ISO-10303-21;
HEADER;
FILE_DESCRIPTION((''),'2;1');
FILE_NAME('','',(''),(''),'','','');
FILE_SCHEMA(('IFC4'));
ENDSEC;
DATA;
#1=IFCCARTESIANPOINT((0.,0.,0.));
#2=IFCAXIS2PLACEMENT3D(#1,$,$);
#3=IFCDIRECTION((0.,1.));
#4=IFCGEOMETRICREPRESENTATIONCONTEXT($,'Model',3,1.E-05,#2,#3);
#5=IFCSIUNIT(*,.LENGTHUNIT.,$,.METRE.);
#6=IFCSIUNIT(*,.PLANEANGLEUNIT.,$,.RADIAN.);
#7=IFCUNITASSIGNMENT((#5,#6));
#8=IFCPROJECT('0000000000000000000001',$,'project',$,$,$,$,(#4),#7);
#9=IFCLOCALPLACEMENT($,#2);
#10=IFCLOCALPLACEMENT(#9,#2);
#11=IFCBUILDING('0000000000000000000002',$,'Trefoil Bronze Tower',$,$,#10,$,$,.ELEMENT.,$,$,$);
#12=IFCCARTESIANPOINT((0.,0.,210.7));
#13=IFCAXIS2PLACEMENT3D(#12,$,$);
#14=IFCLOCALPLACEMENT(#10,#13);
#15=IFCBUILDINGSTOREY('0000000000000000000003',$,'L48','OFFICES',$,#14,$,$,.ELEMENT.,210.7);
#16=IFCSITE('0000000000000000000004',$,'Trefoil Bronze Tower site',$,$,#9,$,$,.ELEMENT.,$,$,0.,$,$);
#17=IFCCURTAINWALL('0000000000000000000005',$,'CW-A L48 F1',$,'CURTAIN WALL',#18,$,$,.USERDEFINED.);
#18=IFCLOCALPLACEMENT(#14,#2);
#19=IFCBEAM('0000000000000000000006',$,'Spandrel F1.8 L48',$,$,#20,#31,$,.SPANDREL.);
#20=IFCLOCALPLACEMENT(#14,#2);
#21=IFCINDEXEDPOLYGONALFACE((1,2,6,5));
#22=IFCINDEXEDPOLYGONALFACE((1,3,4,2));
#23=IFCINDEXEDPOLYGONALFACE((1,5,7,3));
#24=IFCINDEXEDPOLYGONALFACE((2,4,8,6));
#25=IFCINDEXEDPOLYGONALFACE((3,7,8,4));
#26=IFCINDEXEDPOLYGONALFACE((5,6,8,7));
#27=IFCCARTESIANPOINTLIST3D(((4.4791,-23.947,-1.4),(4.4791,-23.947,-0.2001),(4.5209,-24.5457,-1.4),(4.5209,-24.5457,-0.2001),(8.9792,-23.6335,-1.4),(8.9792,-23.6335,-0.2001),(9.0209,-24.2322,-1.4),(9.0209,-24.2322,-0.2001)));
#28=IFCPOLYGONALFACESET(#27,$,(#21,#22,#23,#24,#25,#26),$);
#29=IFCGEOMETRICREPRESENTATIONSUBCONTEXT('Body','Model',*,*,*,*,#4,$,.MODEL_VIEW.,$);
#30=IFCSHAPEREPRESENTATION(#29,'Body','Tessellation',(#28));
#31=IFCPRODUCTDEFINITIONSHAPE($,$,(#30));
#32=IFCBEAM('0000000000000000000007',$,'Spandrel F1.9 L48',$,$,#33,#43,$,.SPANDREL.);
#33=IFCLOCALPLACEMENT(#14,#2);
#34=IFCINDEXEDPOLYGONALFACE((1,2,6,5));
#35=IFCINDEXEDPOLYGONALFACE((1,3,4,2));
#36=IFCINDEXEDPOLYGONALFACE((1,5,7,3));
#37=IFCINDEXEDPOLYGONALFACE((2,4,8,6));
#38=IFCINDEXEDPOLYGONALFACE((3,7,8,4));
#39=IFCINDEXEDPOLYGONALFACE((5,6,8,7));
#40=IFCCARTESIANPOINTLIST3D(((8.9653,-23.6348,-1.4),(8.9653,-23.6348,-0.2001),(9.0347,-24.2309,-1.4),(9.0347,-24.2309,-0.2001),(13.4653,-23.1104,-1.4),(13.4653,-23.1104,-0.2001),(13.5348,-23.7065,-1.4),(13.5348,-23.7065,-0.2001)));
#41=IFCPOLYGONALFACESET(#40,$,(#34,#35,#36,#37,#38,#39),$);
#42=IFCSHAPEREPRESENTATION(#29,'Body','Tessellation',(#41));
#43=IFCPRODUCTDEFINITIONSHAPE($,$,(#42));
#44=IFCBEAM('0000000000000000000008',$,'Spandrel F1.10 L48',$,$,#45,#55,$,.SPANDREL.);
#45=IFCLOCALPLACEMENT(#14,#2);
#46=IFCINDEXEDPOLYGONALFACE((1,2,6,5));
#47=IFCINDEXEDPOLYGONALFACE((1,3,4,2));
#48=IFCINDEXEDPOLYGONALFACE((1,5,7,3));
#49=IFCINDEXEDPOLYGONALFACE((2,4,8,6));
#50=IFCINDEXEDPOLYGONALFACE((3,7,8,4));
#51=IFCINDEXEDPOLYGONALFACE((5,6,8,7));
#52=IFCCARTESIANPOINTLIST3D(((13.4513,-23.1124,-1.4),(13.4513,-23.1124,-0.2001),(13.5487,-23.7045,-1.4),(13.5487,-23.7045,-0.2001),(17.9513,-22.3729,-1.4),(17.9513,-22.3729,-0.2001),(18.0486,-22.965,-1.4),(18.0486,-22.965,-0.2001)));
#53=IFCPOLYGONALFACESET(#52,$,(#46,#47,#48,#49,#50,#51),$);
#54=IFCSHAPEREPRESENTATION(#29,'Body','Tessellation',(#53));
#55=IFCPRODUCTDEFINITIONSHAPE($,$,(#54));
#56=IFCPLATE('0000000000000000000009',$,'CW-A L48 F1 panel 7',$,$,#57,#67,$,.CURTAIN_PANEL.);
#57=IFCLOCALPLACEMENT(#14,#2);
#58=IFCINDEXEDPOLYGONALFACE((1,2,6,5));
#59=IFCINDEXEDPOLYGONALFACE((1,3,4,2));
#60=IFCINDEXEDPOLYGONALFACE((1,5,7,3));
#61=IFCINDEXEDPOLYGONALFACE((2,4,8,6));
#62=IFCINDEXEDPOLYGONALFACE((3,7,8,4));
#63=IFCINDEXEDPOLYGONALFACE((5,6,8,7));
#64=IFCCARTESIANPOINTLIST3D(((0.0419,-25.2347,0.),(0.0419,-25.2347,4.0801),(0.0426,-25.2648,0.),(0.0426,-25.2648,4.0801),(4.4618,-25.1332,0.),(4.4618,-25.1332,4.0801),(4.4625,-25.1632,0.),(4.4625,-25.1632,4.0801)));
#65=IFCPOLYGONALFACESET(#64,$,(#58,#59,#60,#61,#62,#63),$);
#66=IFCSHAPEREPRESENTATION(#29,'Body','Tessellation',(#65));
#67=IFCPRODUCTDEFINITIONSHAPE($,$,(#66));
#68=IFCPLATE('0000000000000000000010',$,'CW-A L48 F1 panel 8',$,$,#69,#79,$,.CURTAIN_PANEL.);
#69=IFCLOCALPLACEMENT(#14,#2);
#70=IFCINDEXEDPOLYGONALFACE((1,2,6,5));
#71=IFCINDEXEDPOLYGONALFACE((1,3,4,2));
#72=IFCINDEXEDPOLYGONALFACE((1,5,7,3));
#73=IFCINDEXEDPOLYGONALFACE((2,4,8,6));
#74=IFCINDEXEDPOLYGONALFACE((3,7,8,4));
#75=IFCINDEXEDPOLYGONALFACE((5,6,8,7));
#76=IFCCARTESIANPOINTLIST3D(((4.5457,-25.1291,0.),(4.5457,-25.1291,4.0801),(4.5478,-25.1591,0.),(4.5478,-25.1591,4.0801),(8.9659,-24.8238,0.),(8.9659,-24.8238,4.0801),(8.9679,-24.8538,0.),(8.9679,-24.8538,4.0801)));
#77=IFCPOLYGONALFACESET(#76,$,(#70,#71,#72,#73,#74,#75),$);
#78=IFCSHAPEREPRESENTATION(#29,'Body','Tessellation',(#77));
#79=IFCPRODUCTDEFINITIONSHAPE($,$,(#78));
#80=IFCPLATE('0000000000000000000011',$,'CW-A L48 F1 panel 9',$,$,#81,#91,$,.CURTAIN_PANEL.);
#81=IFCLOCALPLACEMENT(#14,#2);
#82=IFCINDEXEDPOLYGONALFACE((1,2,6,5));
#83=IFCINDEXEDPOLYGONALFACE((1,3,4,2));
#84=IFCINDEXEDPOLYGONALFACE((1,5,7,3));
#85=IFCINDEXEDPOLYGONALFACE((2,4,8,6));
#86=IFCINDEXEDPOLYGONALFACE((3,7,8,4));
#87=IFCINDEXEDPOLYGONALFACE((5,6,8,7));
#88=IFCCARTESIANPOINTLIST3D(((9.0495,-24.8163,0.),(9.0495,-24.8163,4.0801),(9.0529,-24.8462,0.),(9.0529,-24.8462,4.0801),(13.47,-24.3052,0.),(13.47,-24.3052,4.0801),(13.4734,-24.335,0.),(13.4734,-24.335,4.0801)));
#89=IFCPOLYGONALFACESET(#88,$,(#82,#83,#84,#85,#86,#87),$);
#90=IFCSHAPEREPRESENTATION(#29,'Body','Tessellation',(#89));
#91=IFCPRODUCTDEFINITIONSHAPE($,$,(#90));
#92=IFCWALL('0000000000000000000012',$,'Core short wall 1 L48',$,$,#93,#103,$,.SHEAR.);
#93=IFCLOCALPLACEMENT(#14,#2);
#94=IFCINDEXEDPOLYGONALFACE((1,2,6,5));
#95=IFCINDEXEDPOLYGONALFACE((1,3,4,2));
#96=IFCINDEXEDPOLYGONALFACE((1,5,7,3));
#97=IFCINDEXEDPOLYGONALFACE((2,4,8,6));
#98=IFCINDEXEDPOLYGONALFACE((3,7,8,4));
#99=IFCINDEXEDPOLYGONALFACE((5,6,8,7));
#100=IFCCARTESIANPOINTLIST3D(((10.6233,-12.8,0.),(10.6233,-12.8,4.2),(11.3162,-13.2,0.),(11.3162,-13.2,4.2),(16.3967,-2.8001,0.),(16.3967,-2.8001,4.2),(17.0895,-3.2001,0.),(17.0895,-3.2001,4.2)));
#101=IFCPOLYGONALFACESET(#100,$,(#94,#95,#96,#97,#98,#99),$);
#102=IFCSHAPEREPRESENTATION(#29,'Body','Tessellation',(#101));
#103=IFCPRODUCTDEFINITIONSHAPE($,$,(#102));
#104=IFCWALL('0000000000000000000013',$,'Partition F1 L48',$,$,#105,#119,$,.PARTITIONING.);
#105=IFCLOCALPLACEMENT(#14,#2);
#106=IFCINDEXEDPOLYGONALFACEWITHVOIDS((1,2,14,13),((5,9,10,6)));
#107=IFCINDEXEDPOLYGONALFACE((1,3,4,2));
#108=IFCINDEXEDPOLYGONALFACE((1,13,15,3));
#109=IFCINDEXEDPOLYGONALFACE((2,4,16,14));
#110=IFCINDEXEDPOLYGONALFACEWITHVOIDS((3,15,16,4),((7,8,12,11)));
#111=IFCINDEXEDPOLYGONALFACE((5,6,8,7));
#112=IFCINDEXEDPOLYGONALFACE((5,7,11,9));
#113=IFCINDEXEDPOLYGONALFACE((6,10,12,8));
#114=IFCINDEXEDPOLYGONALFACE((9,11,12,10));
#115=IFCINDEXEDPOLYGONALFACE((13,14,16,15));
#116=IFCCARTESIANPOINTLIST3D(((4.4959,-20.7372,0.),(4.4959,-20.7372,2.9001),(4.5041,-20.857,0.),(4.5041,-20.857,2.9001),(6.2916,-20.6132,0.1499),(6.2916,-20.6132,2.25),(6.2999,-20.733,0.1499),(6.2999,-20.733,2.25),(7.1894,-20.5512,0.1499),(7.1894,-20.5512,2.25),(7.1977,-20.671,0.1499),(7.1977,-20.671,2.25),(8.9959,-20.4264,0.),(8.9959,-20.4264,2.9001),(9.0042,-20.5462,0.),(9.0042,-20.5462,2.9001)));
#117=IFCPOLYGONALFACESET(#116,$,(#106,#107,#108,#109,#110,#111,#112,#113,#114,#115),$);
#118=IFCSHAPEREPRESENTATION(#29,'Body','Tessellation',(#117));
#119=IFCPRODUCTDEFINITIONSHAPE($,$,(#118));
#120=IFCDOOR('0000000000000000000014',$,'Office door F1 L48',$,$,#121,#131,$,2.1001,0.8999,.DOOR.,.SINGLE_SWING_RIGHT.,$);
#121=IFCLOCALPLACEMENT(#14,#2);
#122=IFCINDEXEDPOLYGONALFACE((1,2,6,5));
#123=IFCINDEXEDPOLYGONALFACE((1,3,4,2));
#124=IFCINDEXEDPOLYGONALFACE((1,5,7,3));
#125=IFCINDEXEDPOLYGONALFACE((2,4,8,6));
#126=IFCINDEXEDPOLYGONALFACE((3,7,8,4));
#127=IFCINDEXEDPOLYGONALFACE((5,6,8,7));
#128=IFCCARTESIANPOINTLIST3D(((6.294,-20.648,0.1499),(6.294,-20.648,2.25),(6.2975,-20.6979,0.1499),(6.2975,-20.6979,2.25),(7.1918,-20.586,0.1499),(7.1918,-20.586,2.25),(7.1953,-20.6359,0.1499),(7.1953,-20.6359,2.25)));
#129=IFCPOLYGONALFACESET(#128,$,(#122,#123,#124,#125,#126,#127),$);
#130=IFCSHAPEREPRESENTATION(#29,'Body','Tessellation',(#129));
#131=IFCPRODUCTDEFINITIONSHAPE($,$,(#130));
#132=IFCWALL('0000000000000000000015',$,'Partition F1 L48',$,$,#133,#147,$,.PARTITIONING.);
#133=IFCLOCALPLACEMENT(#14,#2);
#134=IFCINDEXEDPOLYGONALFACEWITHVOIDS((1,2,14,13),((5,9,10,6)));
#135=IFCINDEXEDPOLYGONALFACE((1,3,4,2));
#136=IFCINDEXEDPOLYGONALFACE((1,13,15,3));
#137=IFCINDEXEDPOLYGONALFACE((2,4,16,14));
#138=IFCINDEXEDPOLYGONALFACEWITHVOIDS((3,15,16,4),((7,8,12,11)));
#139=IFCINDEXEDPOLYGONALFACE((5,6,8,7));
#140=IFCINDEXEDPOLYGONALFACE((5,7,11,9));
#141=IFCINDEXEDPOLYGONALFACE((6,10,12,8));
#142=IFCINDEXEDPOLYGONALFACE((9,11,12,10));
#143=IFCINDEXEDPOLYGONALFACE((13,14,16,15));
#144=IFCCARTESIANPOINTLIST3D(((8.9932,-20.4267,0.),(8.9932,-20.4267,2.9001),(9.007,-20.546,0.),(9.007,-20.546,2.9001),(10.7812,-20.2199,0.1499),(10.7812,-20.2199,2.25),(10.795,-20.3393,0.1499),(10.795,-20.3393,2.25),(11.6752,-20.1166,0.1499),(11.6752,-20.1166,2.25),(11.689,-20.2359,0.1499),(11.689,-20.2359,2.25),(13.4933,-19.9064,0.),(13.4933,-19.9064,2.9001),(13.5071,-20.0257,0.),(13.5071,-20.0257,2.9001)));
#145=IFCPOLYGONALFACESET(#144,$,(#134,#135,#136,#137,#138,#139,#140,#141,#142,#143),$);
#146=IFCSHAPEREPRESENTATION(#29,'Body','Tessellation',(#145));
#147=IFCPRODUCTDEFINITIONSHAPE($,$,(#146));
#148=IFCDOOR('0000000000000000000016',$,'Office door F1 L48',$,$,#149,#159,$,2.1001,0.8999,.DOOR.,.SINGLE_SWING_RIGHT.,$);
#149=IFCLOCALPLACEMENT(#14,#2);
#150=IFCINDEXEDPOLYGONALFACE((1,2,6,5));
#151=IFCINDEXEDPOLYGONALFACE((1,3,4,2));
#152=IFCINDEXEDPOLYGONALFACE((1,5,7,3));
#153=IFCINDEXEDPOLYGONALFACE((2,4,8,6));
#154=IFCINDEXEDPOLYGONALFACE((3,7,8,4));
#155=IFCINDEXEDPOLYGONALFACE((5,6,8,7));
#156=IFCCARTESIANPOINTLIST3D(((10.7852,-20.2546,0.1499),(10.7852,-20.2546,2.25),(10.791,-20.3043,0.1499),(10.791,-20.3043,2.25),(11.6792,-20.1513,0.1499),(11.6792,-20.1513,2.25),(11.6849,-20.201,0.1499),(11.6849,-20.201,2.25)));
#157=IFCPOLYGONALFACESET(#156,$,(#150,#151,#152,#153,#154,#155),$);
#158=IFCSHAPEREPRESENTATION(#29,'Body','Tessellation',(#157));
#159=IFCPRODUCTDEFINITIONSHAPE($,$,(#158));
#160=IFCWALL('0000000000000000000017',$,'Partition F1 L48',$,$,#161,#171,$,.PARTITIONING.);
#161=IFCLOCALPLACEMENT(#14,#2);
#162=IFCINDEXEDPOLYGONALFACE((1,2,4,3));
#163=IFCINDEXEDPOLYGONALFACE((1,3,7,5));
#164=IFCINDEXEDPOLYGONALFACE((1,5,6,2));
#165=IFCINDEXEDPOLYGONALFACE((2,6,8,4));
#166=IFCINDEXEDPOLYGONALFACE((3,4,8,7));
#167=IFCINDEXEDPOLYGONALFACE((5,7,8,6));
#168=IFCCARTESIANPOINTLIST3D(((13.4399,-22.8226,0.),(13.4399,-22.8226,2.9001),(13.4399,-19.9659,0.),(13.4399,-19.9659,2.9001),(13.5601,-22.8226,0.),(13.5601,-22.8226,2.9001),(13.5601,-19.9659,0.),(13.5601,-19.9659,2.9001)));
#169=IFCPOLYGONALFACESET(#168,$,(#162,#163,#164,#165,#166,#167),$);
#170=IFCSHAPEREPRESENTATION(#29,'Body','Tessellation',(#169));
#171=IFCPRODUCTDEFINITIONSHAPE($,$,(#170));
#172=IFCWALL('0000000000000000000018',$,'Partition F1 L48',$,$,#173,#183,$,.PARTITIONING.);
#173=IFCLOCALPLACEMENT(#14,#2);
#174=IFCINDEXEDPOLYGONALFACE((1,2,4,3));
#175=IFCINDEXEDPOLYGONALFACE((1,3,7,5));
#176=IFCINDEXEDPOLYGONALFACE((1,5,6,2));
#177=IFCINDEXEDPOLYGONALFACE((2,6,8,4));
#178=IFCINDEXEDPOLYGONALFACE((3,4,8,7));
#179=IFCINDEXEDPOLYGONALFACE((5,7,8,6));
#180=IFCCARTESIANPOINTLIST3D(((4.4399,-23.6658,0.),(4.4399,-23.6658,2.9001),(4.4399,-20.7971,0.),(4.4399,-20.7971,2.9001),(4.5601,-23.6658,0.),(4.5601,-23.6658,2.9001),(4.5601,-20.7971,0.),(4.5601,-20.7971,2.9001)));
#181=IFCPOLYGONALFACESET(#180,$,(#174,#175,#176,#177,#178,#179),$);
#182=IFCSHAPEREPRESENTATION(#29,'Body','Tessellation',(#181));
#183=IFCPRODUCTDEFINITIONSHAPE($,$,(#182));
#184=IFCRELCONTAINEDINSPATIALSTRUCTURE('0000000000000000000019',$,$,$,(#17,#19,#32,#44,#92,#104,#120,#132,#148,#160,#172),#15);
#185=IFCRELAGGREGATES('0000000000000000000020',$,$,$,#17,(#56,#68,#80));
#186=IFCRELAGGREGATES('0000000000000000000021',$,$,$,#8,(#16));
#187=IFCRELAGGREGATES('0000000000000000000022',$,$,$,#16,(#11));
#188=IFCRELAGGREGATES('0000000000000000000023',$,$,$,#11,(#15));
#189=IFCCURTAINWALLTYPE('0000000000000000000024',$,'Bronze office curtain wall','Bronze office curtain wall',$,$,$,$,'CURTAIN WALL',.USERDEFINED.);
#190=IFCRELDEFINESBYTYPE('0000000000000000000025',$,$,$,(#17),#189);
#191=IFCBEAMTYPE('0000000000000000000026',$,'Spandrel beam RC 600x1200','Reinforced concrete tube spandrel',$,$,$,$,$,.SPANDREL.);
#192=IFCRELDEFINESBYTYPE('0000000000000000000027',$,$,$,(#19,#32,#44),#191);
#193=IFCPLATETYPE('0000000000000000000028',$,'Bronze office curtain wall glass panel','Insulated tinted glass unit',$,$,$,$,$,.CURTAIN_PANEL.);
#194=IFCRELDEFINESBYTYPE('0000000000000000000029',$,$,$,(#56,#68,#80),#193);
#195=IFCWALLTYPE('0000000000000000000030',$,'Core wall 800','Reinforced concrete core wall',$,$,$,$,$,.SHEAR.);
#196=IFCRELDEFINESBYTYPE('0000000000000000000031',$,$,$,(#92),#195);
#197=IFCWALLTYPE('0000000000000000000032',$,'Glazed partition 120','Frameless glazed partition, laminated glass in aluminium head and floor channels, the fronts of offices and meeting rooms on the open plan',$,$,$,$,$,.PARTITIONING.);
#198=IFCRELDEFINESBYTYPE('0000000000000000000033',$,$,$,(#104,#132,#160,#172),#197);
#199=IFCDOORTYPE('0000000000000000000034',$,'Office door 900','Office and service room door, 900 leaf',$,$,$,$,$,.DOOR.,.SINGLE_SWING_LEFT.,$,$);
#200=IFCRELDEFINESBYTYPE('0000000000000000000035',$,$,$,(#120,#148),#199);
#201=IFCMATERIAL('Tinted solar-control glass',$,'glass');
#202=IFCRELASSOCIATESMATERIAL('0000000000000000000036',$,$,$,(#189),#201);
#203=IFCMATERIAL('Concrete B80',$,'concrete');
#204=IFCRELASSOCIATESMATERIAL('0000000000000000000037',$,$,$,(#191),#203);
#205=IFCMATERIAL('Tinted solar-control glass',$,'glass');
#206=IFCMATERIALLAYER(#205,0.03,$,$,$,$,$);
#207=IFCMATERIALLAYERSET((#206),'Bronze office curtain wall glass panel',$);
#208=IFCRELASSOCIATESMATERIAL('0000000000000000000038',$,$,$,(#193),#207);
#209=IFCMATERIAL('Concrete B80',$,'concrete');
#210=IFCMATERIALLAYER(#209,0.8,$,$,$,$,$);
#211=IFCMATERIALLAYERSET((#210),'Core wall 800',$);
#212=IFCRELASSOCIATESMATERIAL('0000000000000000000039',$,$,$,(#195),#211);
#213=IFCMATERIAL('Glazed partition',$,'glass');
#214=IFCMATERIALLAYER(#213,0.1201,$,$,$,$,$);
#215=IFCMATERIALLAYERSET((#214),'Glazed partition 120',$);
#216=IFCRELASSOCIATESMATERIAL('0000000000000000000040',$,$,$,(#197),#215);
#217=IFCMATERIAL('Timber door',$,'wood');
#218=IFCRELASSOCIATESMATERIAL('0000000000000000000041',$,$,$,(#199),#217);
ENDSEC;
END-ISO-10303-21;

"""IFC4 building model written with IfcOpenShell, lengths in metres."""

from ifc_helpers import new_model, si_unit, direction, frame, frame_2d, origin, origin_2d, place, context, subcontext, project, spatial, rectangle, extrude, material, layer, layer_set, material_profile, profile_set, type_object, element, fill, aggregate, save


model = new_model("IFC4")

# Units and contexts
model_context = context("Model", 3, precision=1e-05, world=origin(), true_north=direction((0.0, 1.0)))
body_context = subcontext(model_context, "Body", "Model", "MODEL_VIEW")
ifc_project = project(units=[si_unit("LENGTHUNIT", "METRE"), si_unit("PLANEANGLEUNIT", "RADIAN")], contexts=[model_context])

# Site, building, storey
site_placement = place(None, origin())
site = spatial("IfcSite", under=ifc_project, at=site_placement, Name="Trefoil Bronze Tower site", CompositionType="ELEMENT", RefElevation=0.0)
building_placement = place(site_placement, origin())
building = spatial("IfcBuilding", under=site, at=building_placement, Name="Trefoil Bronze Tower", CompositionType="ELEMENT")
storey_placement = place(building_placement, frame((0.0, 0.0, 210.7)))
storey = spatial("IfcBuildingStorey", under=building, at=storey_placement, Name="L48", Description="OFFICES", CompositionType="ELEMENT", Elevation=210.7)

# Curtain wall
ifc_material_1 = material(Name="Tinted solar-control glass", Category="glass")
curtain_wall_type = type_object("IfcCurtainWallType", Name="Bronze office curtain wall", Description="Bronze office curtain wall", ElementType="CURTAIN WALL", PredefinedType="USERDEFINED", material=ifc_material_1)
curtain_wall_placement = place(storey_placement, origin())
curtain_wall = element("IfcCurtainWall", 1, at=curtain_wall_placement, inside=storey, type_object=curtain_wall_type, Name="CW-A L48 F1", ObjectType="CURTAIN WALL", PredefinedType="USERDEFINED")

# Beams
ifc_material_2 = material(Name="Concrete B80", Category="concrete")
ifc_material_profile_1 = material_profile(ifc_material_2, rectangle(XDim=0.6001, YDim=1.2, at=origin_2d()), Name="RC 600x1200")
ifc_profile_set_1 = profile_set([ifc_material_profile_1], Name="Concrete B80")
beam_type_1 = type_object("IfcBeamType", Name="Spandrel beam RC 600x1200", Description="Reinforced concrete tube spandrel", PredefinedType="SPANDREL", material=ifc_profile_set_1)
beam_1_placement = place(storey_placement, frame((4.5, -24.2463, -0.8), z_axis=(0.997582, 0.069493, 0.0), x_axis=(-0.069493, 0.997582, 0.0)))
element("IfcBeam", 2, at=beam_1_placement, inside=storey, type_object=beam_type_1, Name="Spandrel F1.8 L48", PredefinedType="SPANDREL", context=body_context, shape_type="SweptSolid", body=[
    extrude(rectangle(XDim=0.6001, YDim=1.2, at=origin_2d()), origin(), (0.0, 0.0, 1.0), 4.511),
])
beam_2_placement = place(storey_placement, frame((9.0, -23.9329, -0.8), z_axis=(0.993278, 0.115753, 0.0), x_axis=(-0.115753, 0.993278, 0.0)))
element("IfcBeam", 3, at=beam_2_placement, inside=storey, type_object=beam_type_1, Name="Spandrel F1.9 L48", PredefinedType="SPANDREL", context=body_context, shape_type="SweptSolid", body=[
    extrude(rectangle(XDim=0.6001, YDim=1.2, at=origin_2d()), origin(), (0.0, 0.0, 1.0), 4.5305),
])
beam_3_placement = place(storey_placement, frame((13.5, -23.4084, -0.8), z_axis=(0.986765, 0.162159, 0.0), x_axis=(-0.162159, 0.986765, 0.0)))
element("IfcBeam", 4, at=beam_3_placement, inside=storey, type_object=beam_type_1, Name="Spandrel F1.10 L48", PredefinedType="SPANDREL", context=body_context, shape_type="SweptSolid", body=[
    extrude(rectangle(XDim=0.6001, YDim=1.2, at=origin_2d()), origin(), (0.0, 0.0, 1.0), 4.5603),
])

# Plates
ifc_material_3 = material(Name="Tinted solar-control glass", Category="glass")
ifc_layer_1 = layer(ifc_material_3, 0.03)
ifc_layer_set_1 = layer_set([ifc_layer_1], Name="Bronze office curtain wall glass panel")
plate_type = type_object("IfcPlateType", Name="Bronze office curtain wall glass panel", Description="Insulated tinted glass unit", PredefinedType="CURTAIN_PANEL", material=ifc_layer_set_1)
plate_1_placement = place(storey_placement, frame((2.2522, -25.199, 0.0), z_axis=(0.0, 0.0, 1.0), x_axis=(0.999736, 0.022972, 0.0)))
plate_1 = element("IfcPlate", 5, at=plate_1_placement, type_object=plate_type, Name="CW-A L48 F1 panel 7", PredefinedType="CURTAIN_PANEL", context=body_context, shape_type="SweptSolid", body=[
    extrude(rectangle(XDim=4.4211, YDim=0.03, at=origin_2d()), origin(), (0.0, 0.0, 1.0), 4.0801),
])
plate_2_placement = place(storey_placement, frame((6.7568, -24.9915, 0.0), z_axis=(0.0, 0.0, 1.0), x_axis=(0.997623, 0.068915, 0.0)))
plate_2 = element("IfcPlate", 6, at=plate_2_placement, type_object=plate_type, Name="CW-A L48 F1 panel 8", PredefinedType="CURTAIN_PANEL", context=body_context, shape_type="SweptSolid", body=[
    extrude(rectangle(XDim=4.4307, YDim=0.03, at=origin_2d()), origin(), (0.0, 0.0, 1.0), 4.0801),
])
plate_3_placement = place(storey_placement, frame((11.2615, -24.5757, 0.0), z_axis=(0.0, 0.0, 1.0), x_axis=(0.993382, 0.114859, 0.0)))
plate_3 = element("IfcPlate", 7, at=plate_3_placement, type_object=plate_type, Name="CW-A L48 F1 panel 9", PredefinedType="CURTAIN_PANEL", context=body_context, shape_type="SweptSolid", body=[
    extrude(rectangle(XDim=4.45, YDim=0.03, at=origin_2d()), origin(), (0.0, 0.0, 1.0), 4.0801),
])
aggregate(curtain_wall, [plate_1, plate_2, plate_3])

# Wall
ifc_material_4 = material(Name="Concrete B80", Category="concrete")
ifc_layer_2 = layer(ifc_material_4, 0.8)
ifc_layer_set_2 = layer_set([ifc_layer_2], Name="Core wall 800")
wall_type_1 = type_object("IfcWallType", Name="Core wall 800", Description="Reinforced concrete core wall", PredefinedType="SHEAR", material=ifc_layer_set_2)
wall_1_placement = place(storey_placement, frame((10.9697, -13.0, 0.0), z_axis=(0.0, 0.0, 1.0), x_axis=(0.499996, 0.866028, 0.0)))
element("IfcWall", 8, at=wall_1_placement, inside=storey, type_object=wall_type_1, Name="Core short wall 1 L48", PredefinedType="SHEAR", context=body_context, shape_type="SweptSolid", body=[
    extrude(rectangle(XDim=11.5469, YDim=0.8, at=frame_2d((5.7734, 0.0))), origin(), (0.0, 0.0, 1.0), 4.2),
])

# Walls, openings, doors
ifc_material_5 = material(Name="Glazed partition", Category="glass")
ifc_layer_3 = layer(ifc_material_5, 0.1201)
ifc_layer_set_3 = layer_set([ifc_layer_3], Name="Glazed partition 120")
wall_type_2 = type_object("IfcWallType", Name="Glazed partition 120", Description="Frameless glazed partition, laminated glass in aluminium head and floor channels, the fronts of offices and meeting rooms on the open plan", PredefinedType="PARTITIONING", material=ifc_layer_set_3)
wall_2_placement = place(storey_placement, frame((4.5, -20.7971, 0.0), z_axis=(0.0, 0.0, 1.0), x_axis=(0.997624, 0.068901, 0.0)))
wall_2 = element("IfcWall", 9, at=wall_2_placement, inside=storey, type_object=wall_type_2, Name="Partition F1 L48", PredefinedType="PARTITIONING", context=body_context, shape_type="SweptSolid", body=[
    extrude(rectangle(XDim=4.5107, YDim=0.1201, at=frame_2d((2.2554, 0.0))), origin(), (0.0, 0.0, 1.0), 2.9001),
])
opening_1_placement = place(wall_2_placement, frame((1.8, 0.0, 0.1499)))
opening_1 = element("IfcOpeningElement", 10, at=opening_1_placement, cuts=wall_2, PredefinedType="OPENING", context=body_context, shape_type="SweptSolid", body=[
    extrude(rectangle(XDim=0.8999, YDim=2.1001, at=frame_2d((0.45, 1.05))), frame((0.0, 0.0701, 0.0), z_axis=(0.0, -1.0, 0.0), x_axis=(1.0, 0.0, 0.0)), (0.0, 0.0, 1.0), 0.1401),
])
ifc_material_6 = material(Name="Timber door", Category="wood")
door_type = type_object("IfcDoorType", Name="Office door 900", Description="Office and service room door, 900 leaf", OperationType="SINGLE_SWING_LEFT", PredefinedType="DOOR", material=ifc_material_6)
door_1_placement = place(opening_1_placement, frame((0.8999, 0.0, 0.0), z_axis=(0.0, 0.0, 1.0), x_axis=(-1.0, 0.0, 0.0)))
door_1 = element("IfcDoor", 11, at=door_1_placement, inside=storey, type_object=door_type, Name="Office door F1 L48", OperationType="SINGLE_SWING_RIGHT", OverallHeight=2.1001, OverallWidth=0.8999, PredefinedType="DOOR", context=body_context, shape_type="SweptSolid", body=[
    extrude(rectangle(XDim=0.8999, YDim=2.1001, at=frame_2d((0.45, 1.05))), frame((0.0, 0.0249, 0.0), z_axis=(0.0, -1.0, 0.0), x_axis=(1.0, 0.0, 0.0)), (0.0, 0.0, 1.0), 0.05),
])
fill(opening_1, door_1)
wall_3_placement = place(storey_placement, frame((9.0, -20.4863, 0.0), z_axis=(0.0, 0.0, 1.0), x_axis=(0.993383, 0.114849, 0.0)))
wall_3 = element("IfcWall", 12, at=wall_3_placement, inside=storey, type_object=wall_type_2, Name="Partition F1 L48", PredefinedType="PARTITIONING", context=body_context, shape_type="SweptSolid", body=[
    extrude(rectangle(XDim=4.53, YDim=0.1201, at=frame_2d((2.2651, 0.0))), origin(), (0.0, 0.0, 1.0), 2.9001),
])
opening_2_placement = place(wall_3_placement, frame((1.8, 0.0, 0.1499)))
opening_2 = element("IfcOpeningElement", 13, at=opening_2_placement, cuts=wall_3, PredefinedType="OPENING", context=body_context, shape_type="SweptSolid", body=[
    extrude(rectangle(XDim=0.8999, YDim=2.1001, at=frame_2d((0.45, 1.05))), frame((0.0, 0.0701, 0.0), z_axis=(0.0, -1.0, 0.0), x_axis=(1.0, 0.0, 0.0)), (0.0, 0.0, 1.0), 0.1401),
])
door_2_placement = place(opening_2_placement, frame((0.8999, 0.0, 0.0), z_axis=(0.0, 0.0, 1.0), x_axis=(-1.0, 0.0, 0.0)))
door_2 = element("IfcDoor", 14, at=door_2_placement, inside=storey, type_object=door_type, Name="Office door F1 L48", OperationType="SINGLE_SWING_RIGHT", OverallHeight=2.1001, OverallWidth=0.8999, PredefinedType="DOOR", context=body_context, shape_type="SweptSolid", body=[
    extrude(rectangle(XDim=0.8999, YDim=2.1001, at=frame_2d((0.45, 1.05))), frame((0.0, 0.0249, 0.0), z_axis=(0.0, -1.0, 0.0), x_axis=(1.0, 0.0, 0.0)), (0.0, 0.0, 1.0), 0.05),
])
fill(opening_2, door_2)

# Walls
wall_4_placement = place(storey_placement, frame((13.5, -19.9661, 0.0), z_axis=(0.0, 0.0, 1.0), x_axis=(0.0, -1.0, 0.0)))
element("IfcWall", 15, at=wall_4_placement, inside=storey, type_object=wall_type_2, Name="Partition F1 L48", PredefinedType="PARTITIONING", context=body_context, shape_type="SweptSolid", body=[
    extrude(rectangle(XDim=2.8567, YDim=0.1201, at=frame_2d((1.4282, 0.0))), origin(), (0.0, 0.0, 1.0), 2.9001),
])
wall_5_placement = place(storey_placement, frame((4.5, -20.7971, 0.0), z_axis=(0.0, 0.0, 1.0), x_axis=(0.0, -1.0, 0.0)))
element("IfcWall", 16, at=wall_5_placement, inside=storey, type_object=wall_type_2, Name="Partition F1 L48", PredefinedType="PARTITIONING", context=body_context, shape_type="SweptSolid", body=[
    extrude(rectangle(XDim=2.8687, YDim=0.1201, at=frame_2d((1.4343, 0.0))), origin(), (0.0, 0.0, 1.0), 2.9001),
])

save(model, "model.ifc")
